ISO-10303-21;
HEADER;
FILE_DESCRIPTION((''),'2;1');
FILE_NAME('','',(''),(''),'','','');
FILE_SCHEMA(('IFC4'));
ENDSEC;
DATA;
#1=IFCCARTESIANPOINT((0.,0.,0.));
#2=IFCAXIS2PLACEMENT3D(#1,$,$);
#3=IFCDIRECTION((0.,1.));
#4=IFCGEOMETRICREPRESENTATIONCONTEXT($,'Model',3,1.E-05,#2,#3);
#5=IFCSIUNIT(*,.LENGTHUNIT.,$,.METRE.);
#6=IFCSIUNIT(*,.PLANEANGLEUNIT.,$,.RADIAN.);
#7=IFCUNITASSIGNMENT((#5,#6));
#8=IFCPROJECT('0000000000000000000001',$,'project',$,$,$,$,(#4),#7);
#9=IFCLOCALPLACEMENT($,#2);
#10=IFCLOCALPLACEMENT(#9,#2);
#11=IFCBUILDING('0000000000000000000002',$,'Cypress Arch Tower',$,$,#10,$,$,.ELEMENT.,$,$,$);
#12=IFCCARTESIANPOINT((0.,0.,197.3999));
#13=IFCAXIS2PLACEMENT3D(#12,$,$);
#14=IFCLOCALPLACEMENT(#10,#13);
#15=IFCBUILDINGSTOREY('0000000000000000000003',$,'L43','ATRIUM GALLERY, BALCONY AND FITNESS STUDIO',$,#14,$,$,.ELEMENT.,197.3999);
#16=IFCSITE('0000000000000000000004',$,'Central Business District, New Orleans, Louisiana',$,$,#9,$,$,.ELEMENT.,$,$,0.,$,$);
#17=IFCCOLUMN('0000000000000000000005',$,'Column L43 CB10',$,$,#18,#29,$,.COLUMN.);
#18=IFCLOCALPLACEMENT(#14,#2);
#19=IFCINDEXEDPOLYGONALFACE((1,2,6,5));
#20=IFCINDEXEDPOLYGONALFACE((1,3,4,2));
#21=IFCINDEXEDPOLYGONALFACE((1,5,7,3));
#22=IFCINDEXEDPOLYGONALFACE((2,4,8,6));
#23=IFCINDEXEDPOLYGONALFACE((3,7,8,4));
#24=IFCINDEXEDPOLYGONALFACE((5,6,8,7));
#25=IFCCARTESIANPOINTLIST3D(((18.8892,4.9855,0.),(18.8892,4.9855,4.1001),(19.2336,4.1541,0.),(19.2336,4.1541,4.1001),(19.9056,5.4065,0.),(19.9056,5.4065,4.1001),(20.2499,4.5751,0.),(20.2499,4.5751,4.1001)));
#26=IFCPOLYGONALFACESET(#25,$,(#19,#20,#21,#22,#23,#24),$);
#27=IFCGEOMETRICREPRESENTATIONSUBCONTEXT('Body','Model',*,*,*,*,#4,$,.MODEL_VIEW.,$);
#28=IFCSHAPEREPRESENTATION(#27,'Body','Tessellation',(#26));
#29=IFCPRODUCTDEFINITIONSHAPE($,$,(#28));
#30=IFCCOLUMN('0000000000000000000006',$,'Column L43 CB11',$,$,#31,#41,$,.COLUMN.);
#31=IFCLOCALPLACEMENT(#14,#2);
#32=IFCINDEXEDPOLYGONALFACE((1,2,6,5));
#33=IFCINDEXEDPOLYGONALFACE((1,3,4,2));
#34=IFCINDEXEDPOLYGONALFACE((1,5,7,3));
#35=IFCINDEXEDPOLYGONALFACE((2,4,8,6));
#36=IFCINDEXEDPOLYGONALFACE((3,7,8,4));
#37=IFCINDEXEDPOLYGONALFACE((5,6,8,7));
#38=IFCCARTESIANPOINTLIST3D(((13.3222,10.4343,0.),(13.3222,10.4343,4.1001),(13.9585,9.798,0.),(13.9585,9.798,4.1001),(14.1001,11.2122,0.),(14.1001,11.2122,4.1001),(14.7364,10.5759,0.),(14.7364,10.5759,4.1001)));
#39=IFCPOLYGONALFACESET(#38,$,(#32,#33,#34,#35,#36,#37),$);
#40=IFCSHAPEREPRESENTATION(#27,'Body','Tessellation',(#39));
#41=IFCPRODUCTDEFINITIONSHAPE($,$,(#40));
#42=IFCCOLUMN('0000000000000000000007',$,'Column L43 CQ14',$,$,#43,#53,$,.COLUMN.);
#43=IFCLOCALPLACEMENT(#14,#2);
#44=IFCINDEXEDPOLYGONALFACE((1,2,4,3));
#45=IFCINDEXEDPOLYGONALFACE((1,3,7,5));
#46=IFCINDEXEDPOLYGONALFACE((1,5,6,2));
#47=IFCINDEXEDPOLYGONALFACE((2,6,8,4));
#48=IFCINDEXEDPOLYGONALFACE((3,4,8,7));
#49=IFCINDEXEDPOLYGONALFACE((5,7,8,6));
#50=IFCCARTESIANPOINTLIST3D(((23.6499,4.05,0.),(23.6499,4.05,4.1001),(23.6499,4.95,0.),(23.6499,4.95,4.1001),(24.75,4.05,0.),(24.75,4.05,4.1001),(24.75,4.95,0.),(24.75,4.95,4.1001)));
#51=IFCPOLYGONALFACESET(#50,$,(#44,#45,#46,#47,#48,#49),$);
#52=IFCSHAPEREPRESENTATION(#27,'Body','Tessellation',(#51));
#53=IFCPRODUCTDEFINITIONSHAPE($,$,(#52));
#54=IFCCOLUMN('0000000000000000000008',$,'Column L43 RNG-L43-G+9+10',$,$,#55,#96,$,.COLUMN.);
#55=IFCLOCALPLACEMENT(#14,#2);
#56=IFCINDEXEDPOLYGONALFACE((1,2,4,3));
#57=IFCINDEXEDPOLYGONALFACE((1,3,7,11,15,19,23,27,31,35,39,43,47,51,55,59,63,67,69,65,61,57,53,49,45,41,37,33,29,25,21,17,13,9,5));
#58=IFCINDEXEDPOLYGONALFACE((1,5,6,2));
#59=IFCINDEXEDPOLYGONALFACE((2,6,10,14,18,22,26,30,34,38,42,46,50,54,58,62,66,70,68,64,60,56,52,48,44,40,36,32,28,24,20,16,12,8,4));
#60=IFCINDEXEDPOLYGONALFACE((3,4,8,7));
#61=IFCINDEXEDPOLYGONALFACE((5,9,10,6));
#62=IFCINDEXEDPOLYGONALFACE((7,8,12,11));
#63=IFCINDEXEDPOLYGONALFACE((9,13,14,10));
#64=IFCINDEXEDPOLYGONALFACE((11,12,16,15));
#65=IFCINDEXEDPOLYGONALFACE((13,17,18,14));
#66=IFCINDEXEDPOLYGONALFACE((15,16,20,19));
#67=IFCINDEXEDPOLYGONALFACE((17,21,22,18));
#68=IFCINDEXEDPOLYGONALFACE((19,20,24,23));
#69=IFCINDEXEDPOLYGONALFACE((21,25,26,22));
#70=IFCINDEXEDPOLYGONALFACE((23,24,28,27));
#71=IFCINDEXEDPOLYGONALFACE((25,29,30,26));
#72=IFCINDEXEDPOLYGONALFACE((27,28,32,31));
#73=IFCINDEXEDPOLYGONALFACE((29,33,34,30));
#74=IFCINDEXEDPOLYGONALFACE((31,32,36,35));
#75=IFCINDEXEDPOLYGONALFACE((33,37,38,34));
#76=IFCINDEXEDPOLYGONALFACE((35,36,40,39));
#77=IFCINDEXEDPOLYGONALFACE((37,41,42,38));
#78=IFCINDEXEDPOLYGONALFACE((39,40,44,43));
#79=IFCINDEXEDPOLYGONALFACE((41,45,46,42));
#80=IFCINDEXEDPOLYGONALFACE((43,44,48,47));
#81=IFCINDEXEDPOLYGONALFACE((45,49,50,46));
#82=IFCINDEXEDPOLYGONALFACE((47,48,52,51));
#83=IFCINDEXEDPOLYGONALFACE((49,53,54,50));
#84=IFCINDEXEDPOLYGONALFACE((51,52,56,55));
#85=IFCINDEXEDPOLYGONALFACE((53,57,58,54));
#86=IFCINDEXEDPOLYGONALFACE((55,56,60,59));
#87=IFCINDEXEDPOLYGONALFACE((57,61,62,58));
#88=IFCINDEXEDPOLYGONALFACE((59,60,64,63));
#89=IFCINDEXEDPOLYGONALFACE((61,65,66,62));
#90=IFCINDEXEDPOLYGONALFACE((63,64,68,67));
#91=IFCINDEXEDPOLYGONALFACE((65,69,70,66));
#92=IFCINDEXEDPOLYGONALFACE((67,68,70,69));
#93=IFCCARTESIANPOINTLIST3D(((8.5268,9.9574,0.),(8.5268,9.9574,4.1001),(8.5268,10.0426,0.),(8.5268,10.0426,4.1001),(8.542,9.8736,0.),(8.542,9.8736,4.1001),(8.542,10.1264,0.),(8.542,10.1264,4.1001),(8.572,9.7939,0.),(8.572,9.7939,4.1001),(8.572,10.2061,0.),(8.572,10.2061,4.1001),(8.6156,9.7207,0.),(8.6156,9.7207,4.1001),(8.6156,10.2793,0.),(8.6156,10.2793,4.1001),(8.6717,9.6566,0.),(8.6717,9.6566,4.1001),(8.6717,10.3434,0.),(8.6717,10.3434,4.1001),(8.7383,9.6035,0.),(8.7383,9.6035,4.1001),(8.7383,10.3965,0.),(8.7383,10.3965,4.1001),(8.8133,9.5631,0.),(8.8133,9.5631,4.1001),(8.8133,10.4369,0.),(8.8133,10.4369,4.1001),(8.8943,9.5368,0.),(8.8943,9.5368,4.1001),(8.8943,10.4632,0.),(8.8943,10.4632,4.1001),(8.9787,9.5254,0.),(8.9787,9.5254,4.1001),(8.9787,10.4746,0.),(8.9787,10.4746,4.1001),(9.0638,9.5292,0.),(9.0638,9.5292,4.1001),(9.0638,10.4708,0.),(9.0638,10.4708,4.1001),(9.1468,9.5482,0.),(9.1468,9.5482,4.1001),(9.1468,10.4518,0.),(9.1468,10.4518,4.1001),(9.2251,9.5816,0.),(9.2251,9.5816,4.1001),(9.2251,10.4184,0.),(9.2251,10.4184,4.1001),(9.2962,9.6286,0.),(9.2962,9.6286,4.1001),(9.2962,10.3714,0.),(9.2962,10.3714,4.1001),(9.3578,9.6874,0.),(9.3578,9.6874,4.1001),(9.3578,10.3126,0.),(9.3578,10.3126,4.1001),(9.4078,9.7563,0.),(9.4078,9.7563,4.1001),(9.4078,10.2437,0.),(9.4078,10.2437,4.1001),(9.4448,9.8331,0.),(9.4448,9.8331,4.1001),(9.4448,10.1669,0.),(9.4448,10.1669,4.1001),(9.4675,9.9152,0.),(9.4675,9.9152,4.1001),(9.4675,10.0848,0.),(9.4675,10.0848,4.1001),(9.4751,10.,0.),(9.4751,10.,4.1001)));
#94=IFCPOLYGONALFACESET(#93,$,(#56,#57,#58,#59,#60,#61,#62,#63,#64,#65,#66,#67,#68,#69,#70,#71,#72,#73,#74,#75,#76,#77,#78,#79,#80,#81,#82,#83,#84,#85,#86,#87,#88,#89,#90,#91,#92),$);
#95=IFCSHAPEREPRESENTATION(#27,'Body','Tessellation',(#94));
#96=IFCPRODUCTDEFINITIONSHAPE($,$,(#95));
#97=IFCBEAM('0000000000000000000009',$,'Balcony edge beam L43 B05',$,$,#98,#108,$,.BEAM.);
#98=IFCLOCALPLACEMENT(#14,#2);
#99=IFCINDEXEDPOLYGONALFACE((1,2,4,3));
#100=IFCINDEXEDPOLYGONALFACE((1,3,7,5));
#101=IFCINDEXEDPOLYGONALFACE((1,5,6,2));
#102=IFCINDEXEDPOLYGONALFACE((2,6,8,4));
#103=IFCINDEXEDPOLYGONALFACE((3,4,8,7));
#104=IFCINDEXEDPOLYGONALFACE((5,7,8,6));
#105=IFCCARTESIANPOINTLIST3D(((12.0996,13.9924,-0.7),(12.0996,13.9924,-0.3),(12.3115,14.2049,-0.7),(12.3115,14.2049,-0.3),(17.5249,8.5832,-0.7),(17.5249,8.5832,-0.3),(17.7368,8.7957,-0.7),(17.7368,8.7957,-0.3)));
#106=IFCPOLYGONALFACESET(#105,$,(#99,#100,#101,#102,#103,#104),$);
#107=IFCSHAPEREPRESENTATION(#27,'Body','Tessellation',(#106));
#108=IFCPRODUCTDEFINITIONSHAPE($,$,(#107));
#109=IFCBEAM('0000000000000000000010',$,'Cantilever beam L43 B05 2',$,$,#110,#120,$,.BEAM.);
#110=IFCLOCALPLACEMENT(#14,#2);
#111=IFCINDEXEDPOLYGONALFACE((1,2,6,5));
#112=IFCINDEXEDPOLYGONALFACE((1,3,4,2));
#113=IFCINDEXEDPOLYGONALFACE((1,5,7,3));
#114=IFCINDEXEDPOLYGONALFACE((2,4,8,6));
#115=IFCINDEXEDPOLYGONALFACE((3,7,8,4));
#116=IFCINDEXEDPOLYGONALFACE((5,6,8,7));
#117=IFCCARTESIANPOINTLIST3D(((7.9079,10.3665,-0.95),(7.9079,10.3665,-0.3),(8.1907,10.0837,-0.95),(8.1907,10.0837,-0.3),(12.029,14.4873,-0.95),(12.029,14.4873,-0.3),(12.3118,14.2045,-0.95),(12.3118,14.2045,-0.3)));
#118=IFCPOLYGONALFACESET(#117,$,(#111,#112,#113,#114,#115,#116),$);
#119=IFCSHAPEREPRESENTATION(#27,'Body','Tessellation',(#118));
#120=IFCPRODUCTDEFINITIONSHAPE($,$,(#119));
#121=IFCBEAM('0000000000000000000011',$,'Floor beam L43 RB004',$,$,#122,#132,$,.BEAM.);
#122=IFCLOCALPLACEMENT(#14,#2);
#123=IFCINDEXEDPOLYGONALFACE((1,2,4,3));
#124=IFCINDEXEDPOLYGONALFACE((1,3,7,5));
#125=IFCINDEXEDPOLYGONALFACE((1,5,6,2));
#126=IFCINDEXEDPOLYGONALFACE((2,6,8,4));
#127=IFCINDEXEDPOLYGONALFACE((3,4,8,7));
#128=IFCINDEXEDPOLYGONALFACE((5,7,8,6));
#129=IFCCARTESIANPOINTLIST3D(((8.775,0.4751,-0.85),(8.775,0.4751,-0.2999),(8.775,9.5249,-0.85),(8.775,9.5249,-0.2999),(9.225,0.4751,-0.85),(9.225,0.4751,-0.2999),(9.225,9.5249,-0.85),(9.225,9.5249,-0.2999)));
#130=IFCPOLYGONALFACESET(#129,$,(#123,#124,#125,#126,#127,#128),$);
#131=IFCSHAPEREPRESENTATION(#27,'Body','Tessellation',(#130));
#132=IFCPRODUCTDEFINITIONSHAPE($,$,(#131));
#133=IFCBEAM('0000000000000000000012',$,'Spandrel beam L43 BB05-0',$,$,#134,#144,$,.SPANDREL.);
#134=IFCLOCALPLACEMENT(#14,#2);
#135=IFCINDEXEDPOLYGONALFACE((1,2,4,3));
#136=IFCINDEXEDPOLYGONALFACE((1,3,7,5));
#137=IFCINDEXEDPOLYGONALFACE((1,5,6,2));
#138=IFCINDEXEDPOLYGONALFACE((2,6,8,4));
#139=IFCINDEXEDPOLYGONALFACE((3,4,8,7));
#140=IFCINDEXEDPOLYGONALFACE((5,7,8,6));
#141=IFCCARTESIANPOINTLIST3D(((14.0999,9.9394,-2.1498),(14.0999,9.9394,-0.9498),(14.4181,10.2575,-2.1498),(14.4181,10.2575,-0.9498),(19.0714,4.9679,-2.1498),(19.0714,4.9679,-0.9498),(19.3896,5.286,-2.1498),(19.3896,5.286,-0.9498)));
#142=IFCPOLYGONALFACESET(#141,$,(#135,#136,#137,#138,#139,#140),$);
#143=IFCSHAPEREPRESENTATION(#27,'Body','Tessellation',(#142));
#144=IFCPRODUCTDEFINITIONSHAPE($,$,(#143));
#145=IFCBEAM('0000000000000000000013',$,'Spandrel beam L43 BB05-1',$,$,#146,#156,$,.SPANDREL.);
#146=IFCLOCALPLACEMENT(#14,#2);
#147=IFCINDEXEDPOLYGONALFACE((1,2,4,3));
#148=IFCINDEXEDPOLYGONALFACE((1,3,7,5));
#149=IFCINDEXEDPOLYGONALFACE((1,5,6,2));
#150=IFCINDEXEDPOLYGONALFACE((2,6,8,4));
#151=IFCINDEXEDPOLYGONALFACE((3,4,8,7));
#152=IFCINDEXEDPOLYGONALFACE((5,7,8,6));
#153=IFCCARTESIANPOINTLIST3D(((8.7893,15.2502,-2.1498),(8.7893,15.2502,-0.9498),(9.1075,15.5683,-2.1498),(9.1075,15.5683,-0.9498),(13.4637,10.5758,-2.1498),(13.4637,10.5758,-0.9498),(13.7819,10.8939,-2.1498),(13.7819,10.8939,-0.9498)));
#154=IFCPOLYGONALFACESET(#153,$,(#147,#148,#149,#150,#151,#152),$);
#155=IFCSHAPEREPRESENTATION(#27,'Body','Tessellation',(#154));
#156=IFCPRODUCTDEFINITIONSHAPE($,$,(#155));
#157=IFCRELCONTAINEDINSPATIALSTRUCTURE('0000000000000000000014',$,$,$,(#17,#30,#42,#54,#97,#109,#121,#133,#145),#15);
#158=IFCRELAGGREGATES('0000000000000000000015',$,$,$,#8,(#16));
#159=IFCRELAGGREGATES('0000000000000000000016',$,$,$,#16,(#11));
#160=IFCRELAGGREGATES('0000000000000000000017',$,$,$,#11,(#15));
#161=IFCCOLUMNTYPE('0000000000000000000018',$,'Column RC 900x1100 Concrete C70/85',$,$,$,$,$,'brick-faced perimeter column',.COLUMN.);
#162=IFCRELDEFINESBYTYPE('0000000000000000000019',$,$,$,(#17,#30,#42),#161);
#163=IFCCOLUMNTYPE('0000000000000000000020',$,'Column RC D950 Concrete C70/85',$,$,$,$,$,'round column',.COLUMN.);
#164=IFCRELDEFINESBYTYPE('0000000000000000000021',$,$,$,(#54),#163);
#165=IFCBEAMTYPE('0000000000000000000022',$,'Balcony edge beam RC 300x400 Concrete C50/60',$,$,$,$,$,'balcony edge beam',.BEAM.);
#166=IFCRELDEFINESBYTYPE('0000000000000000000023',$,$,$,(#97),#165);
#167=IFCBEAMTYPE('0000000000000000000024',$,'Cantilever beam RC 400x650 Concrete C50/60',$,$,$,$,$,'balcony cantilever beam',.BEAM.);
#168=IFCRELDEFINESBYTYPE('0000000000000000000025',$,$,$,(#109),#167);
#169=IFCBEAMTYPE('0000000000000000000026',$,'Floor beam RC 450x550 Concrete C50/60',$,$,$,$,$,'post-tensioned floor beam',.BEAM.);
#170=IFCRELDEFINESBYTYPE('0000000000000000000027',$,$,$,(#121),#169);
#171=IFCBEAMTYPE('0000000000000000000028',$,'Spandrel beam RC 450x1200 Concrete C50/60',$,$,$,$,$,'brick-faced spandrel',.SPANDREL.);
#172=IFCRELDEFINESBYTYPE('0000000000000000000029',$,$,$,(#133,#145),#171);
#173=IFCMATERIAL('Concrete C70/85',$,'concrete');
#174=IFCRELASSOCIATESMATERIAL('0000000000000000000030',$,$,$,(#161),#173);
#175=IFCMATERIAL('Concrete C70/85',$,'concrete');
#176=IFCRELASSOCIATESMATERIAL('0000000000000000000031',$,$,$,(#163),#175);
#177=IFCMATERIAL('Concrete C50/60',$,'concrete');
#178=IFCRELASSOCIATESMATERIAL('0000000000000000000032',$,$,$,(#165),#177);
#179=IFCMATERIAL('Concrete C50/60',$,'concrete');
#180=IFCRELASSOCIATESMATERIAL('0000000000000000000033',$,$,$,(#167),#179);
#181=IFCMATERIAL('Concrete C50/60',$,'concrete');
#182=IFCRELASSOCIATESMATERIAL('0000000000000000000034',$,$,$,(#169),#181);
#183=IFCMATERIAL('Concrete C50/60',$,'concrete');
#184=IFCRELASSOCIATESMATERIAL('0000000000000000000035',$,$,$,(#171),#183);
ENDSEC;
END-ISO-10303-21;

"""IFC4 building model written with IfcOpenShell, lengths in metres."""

from ifc_helpers import new_model, si_unit, direction, frame, origin, origin_2d, place, context, subcontext, project, spatial, rectangle, circle, extrude, material, material_profile, profile_set, type_object, element, save


model = new_model("IFC4")

# Units and contexts
model_context = context("Model", 3, precision=1e-05, world=origin(), true_north=direction((0.0, 1.0)))
body_context = subcontext(model_context, "Body", "Model", "MODEL_VIEW")
ifc_project = project(units=[si_unit("LENGTHUNIT", "METRE"), si_unit("PLANEANGLEUNIT", "RADIAN")], contexts=[model_context])

# Site, building, storey
site_placement = place(None, origin())
site = spatial("IfcSite", under=ifc_project, at=site_placement, Name="Central Business District, New Orleans, Louisiana", CompositionType="ELEMENT", RefElevation=0.0)
building_placement = place(site_placement, origin())
building = spatial("IfcBuilding", under=site, at=building_placement, Name="Cypress Arch Tower", CompositionType="ELEMENT")
storey_placement = place(building_placement, frame((0.0, 0.0, 197.3999)))
storey = spatial("IfcBuildingStorey", under=building, at=storey_placement, Name="L43", Description="ATRIUM GALLERY, BALCONY AND FITNESS STUDIO", CompositionType="ELEMENT", Elevation=197.3999)

# Columns
ifc_material_1 = material(Name="Concrete C70/85", Category="concrete")
ifc_material_profile_1 = material_profile(ifc_material_1, rectangle(XDim=0.8999, YDim=1.1001, at=origin_2d()), Name="RC 900x1100")
ifc_profile_set_1 = profile_set([ifc_material_profile_1], Name="Concrete C70/85")
column_type_1 = type_object("IfcColumnType", Name="Column RC 900x1100 Concrete C70/85", ElementType="brick-faced perimeter column", PredefinedType="COLUMN", material=ifc_profile_set_1)
for number, where, z_axis, x_axis, name in (
    (1, (19.5696, 4.7803, 0.0), (0.0, 0.0, 1.0), (-0.382683, 0.92388, 0.0), "Column L43 CB10"),
    (2, (14.0293, 10.5051, 0.0), (0.0, 0.0, 1.0), (-0.707107, 0.707107, 0.0), "Column L43 CB11"),
    (3, (24.2, 4.5, 0.0), (0.0, 0.0, 1.0), (0.0, 1.0, 0.0), "Column L43 CQ14"),
):
    element("IfcColumn", number, at=place(storey_placement, frame(where, z_axis=z_axis, x_axis=x_axis)), inside=storey, type_object=column_type_1, Name=name, PredefinedType="COLUMN", context=body_context, shape_type="SweptSolid", body=[
        extrude(rectangle(XDim=0.8999, YDim=1.1001, at=origin_2d()), origin(), (0.0, 0.0, 1.0), 4.1001),
    ])
ifc_material_2 = material(Name="Concrete C70/85", Category="concrete")
ifc_material_profile_2 = material_profile(ifc_material_2, circle(Radius=0.4751, at=origin_2d()), Name="RC D950")
ifc_profile_set_2 = profile_set([ifc_material_profile_2], Name="Concrete C70/85")
column_type_2 = type_object("IfcColumnType", Name="Column RC D950 Concrete C70/85", ElementType="round column", PredefinedType="COLUMN", material=ifc_profile_set_2)
column_placement = place(storey_placement, frame((9.0, 10.0, 0.0), z_axis=(0.0, 0.0, 1.0), x_axis=(1.0, 0.0, 0.0)))
element("IfcColumn", 4, at=column_placement, inside=storey, type_object=column_type_2, Name="Column L43 RNG-L43-G+9+10", PredefinedType="COLUMN", context=body_context, shape_type="SweptSolid", body=[
    extrude(circle(Radius=0.4751, at=origin_2d()), origin(), (0.0, 0.0, 1.0), 4.1001),
])

# Beams
ifc_material_3 = material(Name="Concrete C50/60", Category="concrete")
ifc_material_profile_3 = material_profile(ifc_material_3, rectangle(XDim=0.3, YDim=0.3999, at=origin_2d()), Name="RC 300x400")
ifc_profile_set_3 = profile_set([ifc_material_profile_3], Name="Concrete C50/60")
beam_type_1 = type_object("IfcBeamType", Name="Balcony edge beam RC 300x400 Concrete C50/60", ElementType="balcony edge beam", PredefinedType="BEAM", material=ifc_profile_set_3)
beam_1_placement = place(storey_placement, frame((17.6309, 8.6895, -0.5), z_axis=(-0.708158, 0.706054, 0.0), x_axis=(-0.706054, -0.708158, 0.0)))
element("IfcBeam", 5, at=beam_1_placement, inside=storey, type_object=beam_type_1, Name="Balcony edge beam L43 B05", PredefinedType="BEAM", context=body_context, shape_type="SweptSolid", body=[
    extrude(rectangle(XDim=0.3, YDim=0.3999, at=origin_2d()), origin(), (0.0, 0.0, 1.0), 7.6611),
])
ifc_material_4 = material(Name="Concrete C50/60", Category="concrete")
ifc_material_profile_4 = material_profile(ifc_material_4, rectangle(XDim=0.3999, YDim=0.6499, at=origin_2d()), Name="RC 400x650")
ifc_profile_set_4 = profile_set([ifc_material_profile_4], Name="Concrete C50/60")
beam_type_2 = type_object("IfcBeamType", Name="Cantilever beam RC 400x650 Concrete C50/60", ElementType="balcony cantilever beam", PredefinedType="BEAM", material=ifc_profile_set_4)
beam_2_placement = place(storey_placement, frame((8.0493, 10.2251, -0.625), z_axis=(0.707128, 0.707086, 0.0), x_axis=(-0.707086, 0.707128, 0.0)))
element("IfcBeam", 6, at=beam_2_placement, inside=storey, type_object=beam_type_2, Name="Cantilever beam L43 B05 2", PredefinedType="BEAM", context=body_context, shape_type="SweptSolid", body=[
    extrude(rectangle(XDim=0.3999, YDim=0.6499, at=origin_2d()), origin(), (0.0, 0.0, 1.0), 5.8279),
])
ifc_material_5 = material(Name="Concrete C50/60", Category="concrete")
ifc_material_profile_5 = material_profile(ifc_material_5, rectangle(XDim=0.45, YDim=0.55, at=origin_2d()), Name="RC 450x550")
ifc_profile_set_5 = profile_set([ifc_material_profile_5], Name="Concrete C50/60")
beam_type_3 = type_object("IfcBeamType", Name="Floor beam RC 450x550 Concrete C50/60", ElementType="post-tensioned floor beam", PredefinedType="BEAM", material=ifc_profile_set_5)
beam_3_placement = place(storey_placement, frame((9.0, 0.4751, -0.575), z_axis=(0.0, 1.0, 0.0), x_axis=(-1.0, 0.0, 0.0)))
element("IfcBeam", 7, at=beam_3_placement, inside=storey, type_object=beam_type_3, Name="Floor beam L43 RB004", PredefinedType="BEAM", context=body_context, shape_type="SweptSolid", body=[
    extrude(rectangle(XDim=0.45, YDim=0.55, at=origin_2d()), origin(), (0.0, 0.0, 1.0), 9.0498),
])
ifc_material_6 = material(Name="Concrete C50/60", Category="concrete")
ifc_material_profile_6 = material_profile(ifc_material_6, rectangle(XDim=0.45, YDim=1.2, at=origin_2d()), Name="RC 450x1200")
ifc_profile_set_6 = profile_set([ifc_material_profile_6], Name="Concrete C50/60")
beam_type_4 = type_object("IfcBeamType", Name="Spandrel beam RC 450x1200 Concrete C50/60", ElementType="brick-faced spandrel", PredefinedType="SPANDREL", material=ifc_profile_set_6)
beam_4_placement = place(storey_placement, frame((19.2305, 5.127, -1.5498), z_axis=(-0.707107, 0.707107, 0.0), x_axis=(-0.707107, -0.707107, 0.0)))
element("IfcBeam", 8, at=beam_4_placement, inside=storey, type_object=beam_type_4, Name="Spandrel beam L43 BB05-0", PredefinedType="SPANDREL", context=body_context, shape_type="SweptSolid", body=[
    extrude(rectangle(XDim=0.45, YDim=1.2, at=origin_2d()), origin(), (0.0, 0.0, 1.0), 7.0308),
])
beam_5_placement = place(storey_placement, frame((13.6228, 10.7349, -1.5498), z_axis=(-0.707107, 0.707107, 0.0), x_axis=(-0.707107, -0.707107, 0.0)))
element("IfcBeam", 9, at=beam_5_placement, inside=storey, type_object=beam_type_4, Name="Spandrel beam L43 BB05-1", PredefinedType="SPANDREL", context=body_context, shape_type="SweptSolid", body=[
    extrude(rectangle(XDim=0.45, YDim=1.2, at=origin_2d()), origin(), (0.0, 0.0, 1.0), 6.6106),
])

save(model, "model.ifc")
